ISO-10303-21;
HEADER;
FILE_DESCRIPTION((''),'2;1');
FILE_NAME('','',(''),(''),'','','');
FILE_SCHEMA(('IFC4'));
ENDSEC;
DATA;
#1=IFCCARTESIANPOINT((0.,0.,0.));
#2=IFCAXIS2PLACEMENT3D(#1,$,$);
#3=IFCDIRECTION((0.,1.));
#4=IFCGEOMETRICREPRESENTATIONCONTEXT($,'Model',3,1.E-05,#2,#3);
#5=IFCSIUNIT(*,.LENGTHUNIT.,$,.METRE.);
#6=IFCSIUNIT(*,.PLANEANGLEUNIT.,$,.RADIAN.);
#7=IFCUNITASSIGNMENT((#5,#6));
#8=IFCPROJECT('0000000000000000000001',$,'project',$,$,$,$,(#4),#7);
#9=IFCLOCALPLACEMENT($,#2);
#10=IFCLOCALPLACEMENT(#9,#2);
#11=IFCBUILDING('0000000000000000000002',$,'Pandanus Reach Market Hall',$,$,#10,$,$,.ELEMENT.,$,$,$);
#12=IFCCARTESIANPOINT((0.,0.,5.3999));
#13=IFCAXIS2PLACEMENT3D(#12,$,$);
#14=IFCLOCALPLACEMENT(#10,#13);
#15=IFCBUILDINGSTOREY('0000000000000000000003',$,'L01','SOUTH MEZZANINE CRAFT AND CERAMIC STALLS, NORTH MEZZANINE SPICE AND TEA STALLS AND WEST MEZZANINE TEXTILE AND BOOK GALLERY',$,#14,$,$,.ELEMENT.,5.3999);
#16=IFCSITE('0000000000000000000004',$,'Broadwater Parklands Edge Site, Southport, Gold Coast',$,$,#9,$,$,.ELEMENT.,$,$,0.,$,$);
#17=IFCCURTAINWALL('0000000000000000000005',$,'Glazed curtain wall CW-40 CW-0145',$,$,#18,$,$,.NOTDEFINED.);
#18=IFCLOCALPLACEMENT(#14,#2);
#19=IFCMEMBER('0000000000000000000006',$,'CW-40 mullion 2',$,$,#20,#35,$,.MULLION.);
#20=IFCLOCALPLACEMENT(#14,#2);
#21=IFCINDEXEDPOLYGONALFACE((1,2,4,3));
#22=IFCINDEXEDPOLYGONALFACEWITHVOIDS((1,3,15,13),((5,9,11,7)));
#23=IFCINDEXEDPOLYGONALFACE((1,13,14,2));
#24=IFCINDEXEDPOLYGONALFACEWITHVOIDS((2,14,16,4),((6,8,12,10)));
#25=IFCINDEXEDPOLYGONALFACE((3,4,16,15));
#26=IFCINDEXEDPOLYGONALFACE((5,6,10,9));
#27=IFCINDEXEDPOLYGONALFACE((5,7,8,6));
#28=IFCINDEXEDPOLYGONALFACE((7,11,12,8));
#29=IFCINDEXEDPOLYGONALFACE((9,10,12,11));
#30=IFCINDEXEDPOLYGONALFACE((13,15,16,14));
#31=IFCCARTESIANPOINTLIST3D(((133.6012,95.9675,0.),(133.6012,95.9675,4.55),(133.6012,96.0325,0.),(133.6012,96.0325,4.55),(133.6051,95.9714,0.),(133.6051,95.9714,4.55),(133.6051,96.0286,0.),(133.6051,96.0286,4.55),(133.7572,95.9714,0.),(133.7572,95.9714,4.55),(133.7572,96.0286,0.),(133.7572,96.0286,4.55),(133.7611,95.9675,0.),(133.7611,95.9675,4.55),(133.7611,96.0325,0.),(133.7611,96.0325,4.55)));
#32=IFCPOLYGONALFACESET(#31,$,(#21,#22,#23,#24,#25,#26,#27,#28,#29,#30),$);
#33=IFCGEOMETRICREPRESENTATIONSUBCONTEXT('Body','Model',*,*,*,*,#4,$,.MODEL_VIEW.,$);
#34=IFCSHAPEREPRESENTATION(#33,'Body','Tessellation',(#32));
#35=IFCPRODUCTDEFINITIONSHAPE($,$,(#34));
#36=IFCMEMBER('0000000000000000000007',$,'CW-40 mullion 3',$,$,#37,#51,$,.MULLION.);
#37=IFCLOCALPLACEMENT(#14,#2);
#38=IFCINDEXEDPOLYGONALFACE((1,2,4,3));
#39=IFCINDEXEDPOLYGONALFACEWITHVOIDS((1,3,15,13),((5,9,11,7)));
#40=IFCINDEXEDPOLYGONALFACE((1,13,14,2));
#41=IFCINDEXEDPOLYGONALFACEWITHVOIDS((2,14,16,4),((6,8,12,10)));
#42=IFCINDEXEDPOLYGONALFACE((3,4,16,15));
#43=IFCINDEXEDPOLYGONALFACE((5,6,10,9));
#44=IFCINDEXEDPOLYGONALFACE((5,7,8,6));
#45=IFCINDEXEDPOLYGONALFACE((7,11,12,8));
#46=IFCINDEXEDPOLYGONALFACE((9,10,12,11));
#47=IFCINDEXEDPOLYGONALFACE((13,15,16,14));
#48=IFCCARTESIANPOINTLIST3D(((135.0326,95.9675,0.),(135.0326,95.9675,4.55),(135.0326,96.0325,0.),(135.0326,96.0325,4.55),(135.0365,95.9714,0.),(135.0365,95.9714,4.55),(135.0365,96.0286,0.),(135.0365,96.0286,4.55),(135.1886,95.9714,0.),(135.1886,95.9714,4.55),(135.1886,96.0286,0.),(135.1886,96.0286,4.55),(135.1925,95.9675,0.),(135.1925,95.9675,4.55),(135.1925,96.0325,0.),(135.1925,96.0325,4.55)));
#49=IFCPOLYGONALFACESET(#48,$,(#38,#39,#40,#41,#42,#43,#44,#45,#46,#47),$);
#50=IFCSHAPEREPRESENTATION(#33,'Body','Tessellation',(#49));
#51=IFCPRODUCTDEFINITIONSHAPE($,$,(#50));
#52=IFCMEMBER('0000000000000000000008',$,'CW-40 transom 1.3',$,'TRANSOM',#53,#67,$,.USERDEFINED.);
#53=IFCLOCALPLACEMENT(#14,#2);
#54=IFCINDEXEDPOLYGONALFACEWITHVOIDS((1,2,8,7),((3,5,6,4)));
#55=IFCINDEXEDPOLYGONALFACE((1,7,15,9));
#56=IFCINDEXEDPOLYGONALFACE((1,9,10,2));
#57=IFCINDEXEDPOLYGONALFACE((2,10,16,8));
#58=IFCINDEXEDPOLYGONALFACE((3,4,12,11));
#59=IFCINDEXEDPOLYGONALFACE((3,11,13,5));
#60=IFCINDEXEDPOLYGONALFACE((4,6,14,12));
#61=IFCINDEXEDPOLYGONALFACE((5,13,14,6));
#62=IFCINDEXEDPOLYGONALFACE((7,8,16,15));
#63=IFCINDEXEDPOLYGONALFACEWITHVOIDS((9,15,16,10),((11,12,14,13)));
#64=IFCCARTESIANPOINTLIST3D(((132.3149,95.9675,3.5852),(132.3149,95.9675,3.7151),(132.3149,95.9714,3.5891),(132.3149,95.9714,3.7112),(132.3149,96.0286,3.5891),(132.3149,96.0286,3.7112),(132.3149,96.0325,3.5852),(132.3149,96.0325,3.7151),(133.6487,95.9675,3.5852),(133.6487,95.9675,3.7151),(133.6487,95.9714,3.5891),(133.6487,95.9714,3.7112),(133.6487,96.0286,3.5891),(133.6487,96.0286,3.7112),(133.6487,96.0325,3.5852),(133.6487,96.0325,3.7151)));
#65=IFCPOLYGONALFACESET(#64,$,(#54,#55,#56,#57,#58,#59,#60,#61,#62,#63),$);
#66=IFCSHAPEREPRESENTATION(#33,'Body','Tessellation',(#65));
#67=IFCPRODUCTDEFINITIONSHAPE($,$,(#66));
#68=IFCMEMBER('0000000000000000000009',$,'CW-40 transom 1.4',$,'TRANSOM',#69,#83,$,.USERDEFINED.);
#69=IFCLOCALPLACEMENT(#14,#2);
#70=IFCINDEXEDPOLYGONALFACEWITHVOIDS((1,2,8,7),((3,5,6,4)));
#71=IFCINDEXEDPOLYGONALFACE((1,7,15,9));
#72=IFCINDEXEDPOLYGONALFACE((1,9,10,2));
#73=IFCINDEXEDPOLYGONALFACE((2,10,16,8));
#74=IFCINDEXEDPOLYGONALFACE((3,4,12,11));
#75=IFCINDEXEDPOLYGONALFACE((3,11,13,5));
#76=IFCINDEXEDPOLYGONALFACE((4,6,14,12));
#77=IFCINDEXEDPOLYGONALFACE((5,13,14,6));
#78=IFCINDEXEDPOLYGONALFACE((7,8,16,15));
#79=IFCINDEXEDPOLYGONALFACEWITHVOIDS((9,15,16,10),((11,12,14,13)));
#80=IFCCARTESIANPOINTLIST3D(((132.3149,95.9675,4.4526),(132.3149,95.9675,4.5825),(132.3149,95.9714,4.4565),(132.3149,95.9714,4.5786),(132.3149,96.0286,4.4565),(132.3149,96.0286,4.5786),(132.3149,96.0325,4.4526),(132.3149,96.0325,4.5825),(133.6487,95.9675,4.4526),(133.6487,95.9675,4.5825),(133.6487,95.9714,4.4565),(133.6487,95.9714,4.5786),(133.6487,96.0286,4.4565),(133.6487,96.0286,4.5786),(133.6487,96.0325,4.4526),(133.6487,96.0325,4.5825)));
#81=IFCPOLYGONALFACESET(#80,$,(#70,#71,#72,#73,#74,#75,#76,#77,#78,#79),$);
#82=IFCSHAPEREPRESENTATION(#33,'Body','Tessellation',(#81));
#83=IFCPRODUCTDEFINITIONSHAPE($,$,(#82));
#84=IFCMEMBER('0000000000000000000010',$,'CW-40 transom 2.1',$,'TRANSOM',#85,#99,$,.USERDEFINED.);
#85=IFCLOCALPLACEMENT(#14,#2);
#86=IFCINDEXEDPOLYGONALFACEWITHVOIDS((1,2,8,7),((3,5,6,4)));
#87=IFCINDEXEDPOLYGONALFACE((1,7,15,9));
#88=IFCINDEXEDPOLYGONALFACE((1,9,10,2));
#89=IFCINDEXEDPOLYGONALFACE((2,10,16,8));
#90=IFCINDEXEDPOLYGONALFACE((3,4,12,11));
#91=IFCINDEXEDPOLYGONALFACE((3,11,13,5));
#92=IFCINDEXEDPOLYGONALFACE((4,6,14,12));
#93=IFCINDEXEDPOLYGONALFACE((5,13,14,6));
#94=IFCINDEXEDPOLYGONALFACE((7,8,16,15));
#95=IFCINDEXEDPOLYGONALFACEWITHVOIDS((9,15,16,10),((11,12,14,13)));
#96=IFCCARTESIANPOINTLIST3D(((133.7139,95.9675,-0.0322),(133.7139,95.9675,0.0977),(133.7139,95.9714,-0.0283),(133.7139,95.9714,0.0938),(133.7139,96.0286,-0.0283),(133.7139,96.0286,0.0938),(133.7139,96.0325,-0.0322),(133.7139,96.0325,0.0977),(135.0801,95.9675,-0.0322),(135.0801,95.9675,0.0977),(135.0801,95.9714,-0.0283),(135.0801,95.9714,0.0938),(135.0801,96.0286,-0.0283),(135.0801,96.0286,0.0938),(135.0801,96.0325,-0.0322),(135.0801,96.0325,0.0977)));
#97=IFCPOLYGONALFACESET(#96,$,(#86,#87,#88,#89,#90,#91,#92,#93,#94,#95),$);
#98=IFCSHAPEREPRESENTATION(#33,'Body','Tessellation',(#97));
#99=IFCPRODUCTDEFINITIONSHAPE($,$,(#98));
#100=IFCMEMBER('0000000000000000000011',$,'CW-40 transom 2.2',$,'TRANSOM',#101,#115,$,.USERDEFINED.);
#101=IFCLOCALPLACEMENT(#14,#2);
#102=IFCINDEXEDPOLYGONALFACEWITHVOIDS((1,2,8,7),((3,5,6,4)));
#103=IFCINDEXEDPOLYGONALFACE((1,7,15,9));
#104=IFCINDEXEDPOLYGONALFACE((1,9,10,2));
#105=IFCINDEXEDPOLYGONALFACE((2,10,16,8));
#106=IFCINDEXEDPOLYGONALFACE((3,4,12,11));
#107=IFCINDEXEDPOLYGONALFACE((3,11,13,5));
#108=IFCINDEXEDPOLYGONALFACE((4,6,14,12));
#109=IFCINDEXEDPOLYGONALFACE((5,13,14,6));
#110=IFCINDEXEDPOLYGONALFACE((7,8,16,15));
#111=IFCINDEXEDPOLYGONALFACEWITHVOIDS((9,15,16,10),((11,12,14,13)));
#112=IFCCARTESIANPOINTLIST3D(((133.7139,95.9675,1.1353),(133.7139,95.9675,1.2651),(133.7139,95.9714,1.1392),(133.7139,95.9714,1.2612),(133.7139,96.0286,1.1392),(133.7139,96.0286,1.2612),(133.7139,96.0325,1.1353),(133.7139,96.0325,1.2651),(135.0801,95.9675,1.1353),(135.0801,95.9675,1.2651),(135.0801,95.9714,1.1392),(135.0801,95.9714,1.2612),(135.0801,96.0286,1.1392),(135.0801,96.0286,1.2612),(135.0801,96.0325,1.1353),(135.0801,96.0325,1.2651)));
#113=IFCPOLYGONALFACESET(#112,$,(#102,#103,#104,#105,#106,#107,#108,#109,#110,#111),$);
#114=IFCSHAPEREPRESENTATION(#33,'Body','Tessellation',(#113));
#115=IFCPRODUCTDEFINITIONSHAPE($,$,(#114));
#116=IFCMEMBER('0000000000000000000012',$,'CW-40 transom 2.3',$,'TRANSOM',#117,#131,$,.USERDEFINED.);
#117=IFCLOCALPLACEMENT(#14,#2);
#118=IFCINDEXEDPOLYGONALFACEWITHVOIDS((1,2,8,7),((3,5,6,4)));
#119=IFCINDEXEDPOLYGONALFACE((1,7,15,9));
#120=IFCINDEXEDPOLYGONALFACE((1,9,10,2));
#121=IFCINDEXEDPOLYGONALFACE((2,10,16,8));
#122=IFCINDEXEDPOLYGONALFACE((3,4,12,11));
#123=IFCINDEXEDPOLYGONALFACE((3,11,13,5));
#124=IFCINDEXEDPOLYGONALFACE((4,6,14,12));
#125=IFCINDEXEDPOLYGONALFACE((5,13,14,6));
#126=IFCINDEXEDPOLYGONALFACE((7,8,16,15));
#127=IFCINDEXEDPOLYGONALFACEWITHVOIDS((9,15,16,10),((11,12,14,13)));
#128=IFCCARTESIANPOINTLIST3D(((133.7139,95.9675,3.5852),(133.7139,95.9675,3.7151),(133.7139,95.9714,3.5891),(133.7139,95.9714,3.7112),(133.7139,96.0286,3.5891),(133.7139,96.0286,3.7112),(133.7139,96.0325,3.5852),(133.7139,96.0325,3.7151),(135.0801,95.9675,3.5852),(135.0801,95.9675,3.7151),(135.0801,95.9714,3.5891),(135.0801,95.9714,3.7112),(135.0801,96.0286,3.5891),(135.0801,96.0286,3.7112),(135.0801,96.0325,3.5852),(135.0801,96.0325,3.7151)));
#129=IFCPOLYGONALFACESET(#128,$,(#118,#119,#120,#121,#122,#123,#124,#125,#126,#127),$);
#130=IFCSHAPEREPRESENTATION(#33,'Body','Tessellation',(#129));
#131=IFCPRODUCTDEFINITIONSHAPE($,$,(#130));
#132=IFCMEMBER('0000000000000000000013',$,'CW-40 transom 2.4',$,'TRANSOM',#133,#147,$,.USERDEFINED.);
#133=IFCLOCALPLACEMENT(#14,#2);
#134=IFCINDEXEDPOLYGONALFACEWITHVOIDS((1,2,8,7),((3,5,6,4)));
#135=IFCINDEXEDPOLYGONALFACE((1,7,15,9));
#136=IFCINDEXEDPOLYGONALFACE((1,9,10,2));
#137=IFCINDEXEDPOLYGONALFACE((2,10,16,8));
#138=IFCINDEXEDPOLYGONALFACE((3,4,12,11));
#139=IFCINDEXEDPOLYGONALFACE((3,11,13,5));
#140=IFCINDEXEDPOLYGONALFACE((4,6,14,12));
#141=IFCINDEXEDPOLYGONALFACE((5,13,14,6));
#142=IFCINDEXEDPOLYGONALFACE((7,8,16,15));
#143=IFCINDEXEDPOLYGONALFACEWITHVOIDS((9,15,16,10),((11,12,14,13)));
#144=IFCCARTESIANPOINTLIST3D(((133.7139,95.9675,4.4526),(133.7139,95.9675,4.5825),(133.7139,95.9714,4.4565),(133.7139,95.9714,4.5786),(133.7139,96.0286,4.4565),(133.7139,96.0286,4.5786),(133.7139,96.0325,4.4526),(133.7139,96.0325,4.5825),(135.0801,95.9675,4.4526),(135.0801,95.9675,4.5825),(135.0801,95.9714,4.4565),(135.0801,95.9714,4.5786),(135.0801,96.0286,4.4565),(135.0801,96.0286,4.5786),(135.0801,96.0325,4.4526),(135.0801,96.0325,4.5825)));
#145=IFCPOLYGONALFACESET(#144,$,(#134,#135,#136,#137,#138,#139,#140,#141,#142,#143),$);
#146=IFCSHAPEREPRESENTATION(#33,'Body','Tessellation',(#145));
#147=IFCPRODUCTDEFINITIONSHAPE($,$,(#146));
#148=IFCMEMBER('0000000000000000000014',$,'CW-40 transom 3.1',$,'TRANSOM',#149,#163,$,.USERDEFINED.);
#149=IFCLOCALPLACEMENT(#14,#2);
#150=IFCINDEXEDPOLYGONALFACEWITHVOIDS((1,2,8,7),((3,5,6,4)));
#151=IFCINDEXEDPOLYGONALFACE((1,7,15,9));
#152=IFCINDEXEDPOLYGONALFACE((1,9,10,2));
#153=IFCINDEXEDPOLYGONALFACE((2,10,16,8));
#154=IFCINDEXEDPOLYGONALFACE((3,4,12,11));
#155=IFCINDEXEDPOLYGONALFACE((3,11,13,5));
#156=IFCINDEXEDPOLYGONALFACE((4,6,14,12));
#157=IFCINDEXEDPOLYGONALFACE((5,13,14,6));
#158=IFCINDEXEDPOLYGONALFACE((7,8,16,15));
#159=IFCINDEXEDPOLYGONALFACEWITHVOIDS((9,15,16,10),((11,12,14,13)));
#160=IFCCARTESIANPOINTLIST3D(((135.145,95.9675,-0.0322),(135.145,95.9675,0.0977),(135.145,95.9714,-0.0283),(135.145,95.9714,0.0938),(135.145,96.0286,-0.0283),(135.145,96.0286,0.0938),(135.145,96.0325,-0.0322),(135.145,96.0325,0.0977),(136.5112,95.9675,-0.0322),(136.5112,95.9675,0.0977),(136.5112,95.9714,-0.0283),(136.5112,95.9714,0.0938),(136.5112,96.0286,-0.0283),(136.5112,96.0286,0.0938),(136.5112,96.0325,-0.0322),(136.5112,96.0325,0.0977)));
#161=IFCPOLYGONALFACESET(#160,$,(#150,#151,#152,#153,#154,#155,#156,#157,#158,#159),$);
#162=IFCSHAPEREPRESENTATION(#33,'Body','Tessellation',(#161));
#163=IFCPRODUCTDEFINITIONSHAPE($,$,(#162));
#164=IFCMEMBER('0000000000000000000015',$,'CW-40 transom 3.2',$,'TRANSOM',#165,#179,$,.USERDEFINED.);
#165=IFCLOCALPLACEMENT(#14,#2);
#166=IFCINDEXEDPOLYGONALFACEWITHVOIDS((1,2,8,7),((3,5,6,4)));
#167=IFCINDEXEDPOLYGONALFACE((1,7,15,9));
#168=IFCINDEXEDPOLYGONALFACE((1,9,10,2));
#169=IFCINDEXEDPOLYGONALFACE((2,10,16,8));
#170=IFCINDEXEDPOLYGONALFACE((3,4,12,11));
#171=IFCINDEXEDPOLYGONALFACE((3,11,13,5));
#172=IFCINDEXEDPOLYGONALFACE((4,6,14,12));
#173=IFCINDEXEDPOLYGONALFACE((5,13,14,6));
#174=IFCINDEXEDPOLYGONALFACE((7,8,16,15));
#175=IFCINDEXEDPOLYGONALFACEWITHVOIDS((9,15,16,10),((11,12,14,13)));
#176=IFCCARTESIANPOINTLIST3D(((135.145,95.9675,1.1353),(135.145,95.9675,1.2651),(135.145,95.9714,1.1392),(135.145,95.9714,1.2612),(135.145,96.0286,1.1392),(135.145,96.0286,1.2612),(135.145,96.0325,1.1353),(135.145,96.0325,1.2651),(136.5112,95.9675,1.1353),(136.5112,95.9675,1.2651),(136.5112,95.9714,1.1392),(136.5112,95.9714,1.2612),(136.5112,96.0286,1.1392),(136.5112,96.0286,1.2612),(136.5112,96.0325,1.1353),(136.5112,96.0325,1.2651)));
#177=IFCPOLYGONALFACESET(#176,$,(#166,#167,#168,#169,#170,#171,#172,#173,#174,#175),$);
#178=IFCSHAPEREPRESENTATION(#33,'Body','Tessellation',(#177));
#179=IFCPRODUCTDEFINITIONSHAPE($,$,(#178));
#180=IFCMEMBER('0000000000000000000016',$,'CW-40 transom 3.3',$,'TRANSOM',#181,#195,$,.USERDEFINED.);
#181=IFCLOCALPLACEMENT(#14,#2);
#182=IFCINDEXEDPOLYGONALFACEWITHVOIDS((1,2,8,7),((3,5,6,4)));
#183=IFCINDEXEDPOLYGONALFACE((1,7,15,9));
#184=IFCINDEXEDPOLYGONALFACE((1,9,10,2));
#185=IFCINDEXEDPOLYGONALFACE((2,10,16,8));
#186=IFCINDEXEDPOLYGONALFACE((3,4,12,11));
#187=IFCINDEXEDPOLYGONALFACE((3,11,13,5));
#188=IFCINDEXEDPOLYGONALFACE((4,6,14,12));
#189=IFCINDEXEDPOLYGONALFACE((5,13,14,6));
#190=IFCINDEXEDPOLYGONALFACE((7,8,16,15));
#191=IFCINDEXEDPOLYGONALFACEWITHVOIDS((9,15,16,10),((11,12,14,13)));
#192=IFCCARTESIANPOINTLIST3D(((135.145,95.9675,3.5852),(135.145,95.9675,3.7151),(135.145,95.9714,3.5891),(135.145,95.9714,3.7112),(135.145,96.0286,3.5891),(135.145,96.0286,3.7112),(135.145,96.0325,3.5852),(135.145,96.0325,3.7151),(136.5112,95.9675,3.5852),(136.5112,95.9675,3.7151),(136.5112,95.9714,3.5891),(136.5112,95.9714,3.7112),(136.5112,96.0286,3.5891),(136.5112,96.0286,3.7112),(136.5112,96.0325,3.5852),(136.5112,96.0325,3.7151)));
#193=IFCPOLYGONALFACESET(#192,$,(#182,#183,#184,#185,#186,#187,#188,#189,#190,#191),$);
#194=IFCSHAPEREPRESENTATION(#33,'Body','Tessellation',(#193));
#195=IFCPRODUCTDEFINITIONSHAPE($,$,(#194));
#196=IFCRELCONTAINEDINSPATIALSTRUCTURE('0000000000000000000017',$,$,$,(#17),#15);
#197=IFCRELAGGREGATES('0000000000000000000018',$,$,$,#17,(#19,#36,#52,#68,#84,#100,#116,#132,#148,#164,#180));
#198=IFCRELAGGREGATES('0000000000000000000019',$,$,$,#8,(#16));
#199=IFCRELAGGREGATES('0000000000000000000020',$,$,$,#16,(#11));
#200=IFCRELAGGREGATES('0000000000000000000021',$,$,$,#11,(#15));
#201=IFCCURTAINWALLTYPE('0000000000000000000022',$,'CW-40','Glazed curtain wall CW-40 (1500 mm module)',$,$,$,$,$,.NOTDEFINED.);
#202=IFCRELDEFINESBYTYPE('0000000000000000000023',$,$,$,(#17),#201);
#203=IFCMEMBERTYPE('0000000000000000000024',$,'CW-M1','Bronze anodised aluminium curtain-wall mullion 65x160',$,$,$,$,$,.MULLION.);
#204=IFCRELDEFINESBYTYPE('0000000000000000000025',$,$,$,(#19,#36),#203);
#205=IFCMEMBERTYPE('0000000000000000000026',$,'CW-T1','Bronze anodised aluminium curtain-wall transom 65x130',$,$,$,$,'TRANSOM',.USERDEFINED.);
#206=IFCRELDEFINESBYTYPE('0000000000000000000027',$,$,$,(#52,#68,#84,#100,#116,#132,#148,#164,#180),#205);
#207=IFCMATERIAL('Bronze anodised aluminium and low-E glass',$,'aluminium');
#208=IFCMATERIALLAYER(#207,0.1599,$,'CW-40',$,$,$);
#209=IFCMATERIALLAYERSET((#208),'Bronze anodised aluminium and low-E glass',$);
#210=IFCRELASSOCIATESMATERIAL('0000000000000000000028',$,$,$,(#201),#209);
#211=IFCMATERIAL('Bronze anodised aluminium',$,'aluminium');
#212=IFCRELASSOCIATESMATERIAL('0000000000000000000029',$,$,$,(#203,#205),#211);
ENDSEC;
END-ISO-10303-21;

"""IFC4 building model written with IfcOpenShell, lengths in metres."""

from ifc_helpers import new_model, si_unit, direction, frame, origin, origin_2d, place, context, subcontext, project, spatial, hollow_rectangle, extrude, material, layer, layer_set, material_profile, profile_set, type_object, element, aggregate, save


model = new_model("IFC4")

# Units and contexts
model_context = context("Model", 3, precision=1e-05, world=origin(), true_north=direction((0.0, 1.0)))
body_context = subcontext(model_context, "Body", "Model", "MODEL_VIEW")
ifc_project = project(units=[si_unit("LENGTHUNIT", "METRE"), si_unit("PLANEANGLEUNIT", "RADIAN")], contexts=[model_context])

# Site, building, storey
site_placement = place(None, origin())
site = spatial("IfcSite", under=ifc_project, at=site_placement, Name="Broadwater Parklands Edge Site, Southport, Gold Coast", CompositionType="ELEMENT", RefElevation=0.0)
building_placement = place(site_placement, origin())
building = spatial("IfcBuilding", under=site, at=building_placement, Name="Pandanus Reach Market Hall", CompositionType="ELEMENT")
storey_placement = place(building_placement, frame((0.0, 0.0, 5.3999)))
storey = spatial("IfcBuildingStorey", under=building, at=storey_placement, Name="L01", Description="SOUTH MEZZANINE CRAFT AND CERAMIC STALLS, NORTH MEZZANINE SPICE AND TEA STALLS AND WEST MEZZANINE TEXTILE AND BOOK GALLERY", CompositionType="ELEMENT", Elevation=5.3999)

# Curtain wall, members
ifc_material_1 = material(Name="Bronze anodised aluminium and low-E glass", Category="aluminium")
ifc_layer_1 = layer(ifc_material_1, 0.1599, Name="CW-40")
ifc_layer_set_1 = layer_set([ifc_layer_1], Name="Bronze anodised aluminium and low-E glass")
curtain_wall_type = type_object("IfcCurtainWallType", Name="CW-40", Description="Glazed curtain wall CW-40 (1500 mm module)", PredefinedType="NOTDEFINED", material=ifc_layer_set_1)
curtain_wall_placement = place(storey_placement, origin())
curtain_wall = element("IfcCurtainWall", 1, at=curtain_wall_placement, inside=storey, type_object=curtain_wall_type, Name="Glazed curtain wall CW-40 CW-0145", PredefinedType="NOTDEFINED")
ifc_material_2 = material(Name="Bronze anodised aluminium", Category="aluminium")
ifc_material_profile_1 = material_profile(ifc_material_2, hollow_rectangle(XDim=0.0649, YDim=0.1599, WallThickness=0.0039, at=origin_2d()), Name="ALU65x160", Category="LoadBearing")
ifc_profile_set_1 = profile_set([ifc_material_profile_1], Name="Bronze anodised aluminium")
member_type_1 = type_object("IfcMemberType", Name="CW-M1", Description="Bronze anodised aluminium curtain-wall mullion 65x160", PredefinedType="MULLION", material=ifc_profile_set_1)
member_1_placement = place(storey_placement, frame((133.6812, 96.0, 0.0), z_axis=(0.0, 0.0, 1.0), x_axis=(0.0, 1.0, 0.0)))
member_1 = element("IfcMember", 2, at=member_1_placement, type_object=member_type_1, Name="CW-40 mullion 2", PredefinedType="MULLION", context=body_context, shape_type="SweptSolid", body=[
    extrude(hollow_rectangle(XDim=0.0649, YDim=0.1599, WallThickness=0.0039, at=origin_2d()), origin(), (0.0, 0.0, 1.0), 4.55),
])
member_2_placement = place(storey_placement, frame((135.1125, 96.0, 0.0), z_axis=(0.0, 0.0, 1.0), x_axis=(0.0, 1.0, 0.0)))
member_2 = element("IfcMember", 3, at=member_2_placement, type_object=member_type_1, Name="CW-40 mullion 3", PredefinedType="MULLION", context=body_context, shape_type="SweptSolid", body=[
    extrude(hollow_rectangle(XDim=0.0649, YDim=0.1599, WallThickness=0.0039, at=origin_2d()), origin(), (0.0, 0.0, 1.0), 4.55),
])
ifc_material_profile_2 = material_profile(ifc_material_2, hollow_rectangle(XDim=0.0649, YDim=0.1299, WallThickness=0.0039, at=origin_2d()), Name="ALU65x130", Category="LoadBearing")
ifc_profile_set_2 = profile_set([ifc_material_profile_2], Name="Bronze anodised aluminium")
member_type_2 = type_object("IfcMemberType", Name="CW-T1", Description="Bronze anodised aluminium curtain-wall transom 65x130", ElementType="TRANSOM", PredefinedType="USERDEFINED", material=ifc_profile_set_2)
member_3_placement = place(storey_placement, frame((132.3149, 96.0, 3.6501), z_axis=(1.0, 0.0, 0.0), x_axis=(0.0, 1.0, 0.0)))
member_3 = element("IfcMember", 4, at=member_3_placement, type_object=member_type_2, Name="CW-40 transom 1.3", ObjectType="TRANSOM", PredefinedType="USERDEFINED", context=body_context, shape_type="SweptSolid", body=[
    extrude(hollow_rectangle(XDim=0.0649, YDim=0.1299, WallThickness=0.0039, at=origin_2d()), origin(), (0.0, 0.0, 1.0), 1.3337),
])
member_4_placement = place(storey_placement, frame((132.3149, 96.0, 4.5176), z_axis=(1.0, 0.0, 0.0), x_axis=(0.0, 1.0, 0.0)))
member_4 = element("IfcMember", 5, at=member_4_placement, type_object=member_type_2, Name="CW-40 transom 1.4", ObjectType="TRANSOM", PredefinedType="USERDEFINED", context=body_context, shape_type="SweptSolid", body=[
    extrude(hollow_rectangle(XDim=0.0649, YDim=0.1299, WallThickness=0.0039, at=origin_2d()), origin(), (0.0, 0.0, 1.0), 1.3337),
])
member_5_placement = place(storey_placement, frame((133.7139, 96.0, 0.0327), z_axis=(1.0, 0.0, 0.0), x_axis=(0.0, 1.0, 0.0)))
member_5 = element("IfcMember", 6, at=member_5_placement, type_object=member_type_2, Name="CW-40 transom 2.1", ObjectType="TRANSOM", PredefinedType="USERDEFINED", context=body_context, shape_type="SweptSolid", body=[
    extrude(hollow_rectangle(XDim=0.0649, YDim=0.1299, WallThickness=0.0039, at=origin_2d()), origin(), (0.0, 0.0, 1.0), 1.3662),
])
member_6_placement = place(storey_placement, frame((133.7139, 96.0, 1.2002), z_axis=(1.0, 0.0, 0.0), x_axis=(0.0, 1.0, 0.0)))
member_6 = element("IfcMember", 7, at=member_6_placement, type_object=member_type_2, Name="CW-40 transom 2.2", ObjectType="TRANSOM", PredefinedType="USERDEFINED", context=body_context, shape_type="SweptSolid", body=[
    extrude(hollow_rectangle(XDim=0.0649, YDim=0.1299, WallThickness=0.0039, at=origin_2d()), origin(), (0.0, 0.0, 1.0), 1.3662),
])
member_7_placement = place(storey_placement, frame((133.7139, 96.0, 3.6501), z_axis=(1.0, 0.0, 0.0), x_axis=(0.0, 1.0, 0.0)))
member_7 = element("IfcMember", 8, at=member_7_placement, type_object=member_type_2, Name="CW-40 transom 2.3", ObjectType="TRANSOM", PredefinedType="USERDEFINED", context=body_context, shape_type="SweptSolid", body=[
    extrude(hollow_rectangle(XDim=0.0649, YDim=0.1299, WallThickness=0.0039, at=origin_2d()), origin(), (0.0, 0.0, 1.0), 1.3662),
])
member_8_placement = place(storey_placement, frame((133.7139, 96.0, 4.5176), z_axis=(1.0, 0.0, 0.0), x_axis=(0.0, 1.0, 0.0)))
member_8 = element("IfcMember", 9, at=member_8_placement, type_object=member_type_2, Name="CW-40 transom 2.4", ObjectType="TRANSOM", PredefinedType="USERDEFINED", context=body_context, shape_type="SweptSolid", body=[
    extrude(hollow_rectangle(XDim=0.0649, YDim=0.1299, WallThickness=0.0039, at=origin_2d()), origin(), (0.0, 0.0, 1.0), 1.3662),
])
member_9_placement = place(storey_placement, frame((135.145, 96.0, 0.0327), z_axis=(1.0, 0.0, 0.0), x_axis=(0.0, 1.0, 0.0)))
member_9 = element("IfcMember", 10, at=member_9_placement, type_object=member_type_2, Name="CW-40 transom 3.1", ObjectType="TRANSOM", PredefinedType="USERDEFINED", context=body_context, shape_type="SweptSolid", body=[
    extrude(hollow_rectangle(XDim=0.0649, YDim=0.1299, WallThickness=0.0039, at=origin_2d()), origin(), (0.0, 0.0, 1.0), 1.3662),
])
member_10_placement = place(storey_placement, frame((135.145, 96.0, 1.2002), z_axis=(1.0, 0.0, 0.0), x_axis=(0.0, 1.0, 0.0)))
member_10 = element("IfcMember", 11, at=member_10_placement, type_object=member_type_2, Name="CW-40 transom 3.2", ObjectType="TRANSOM", PredefinedType="USERDEFINED", context=body_context, shape_type="SweptSolid", body=[
    extrude(hollow_rectangle(XDim=0.0649, YDim=0.1299, WallThickness=0.0039, at=origin_2d()), origin(), (0.0, 0.0, 1.0), 1.3662),
])
member_11_placement = place(storey_placement, frame((135.145, 96.0, 3.6501), z_axis=(1.0, 0.0, 0.0), x_axis=(0.0, 1.0, 0.0)))
member_11 = element("IfcMember", 12, at=member_11_placement, type_object=member_type_2, Name="CW-40 transom 3.3", ObjectType="TRANSOM", PredefinedType="USERDEFINED", context=body_context, shape_type="SweptSolid", body=[
    extrude(hollow_rectangle(XDim=0.0649, YDim=0.1299, WallThickness=0.0039, at=origin_2d()), origin(), (0.0, 0.0, 1.0), 1.3662),
])

aggregate(curtain_wall, [member_1, member_2, member_3, member_4, member_5, member_6, member_7, member_8, member_9, member_10, member_11])

save(model, "model.ifc")
